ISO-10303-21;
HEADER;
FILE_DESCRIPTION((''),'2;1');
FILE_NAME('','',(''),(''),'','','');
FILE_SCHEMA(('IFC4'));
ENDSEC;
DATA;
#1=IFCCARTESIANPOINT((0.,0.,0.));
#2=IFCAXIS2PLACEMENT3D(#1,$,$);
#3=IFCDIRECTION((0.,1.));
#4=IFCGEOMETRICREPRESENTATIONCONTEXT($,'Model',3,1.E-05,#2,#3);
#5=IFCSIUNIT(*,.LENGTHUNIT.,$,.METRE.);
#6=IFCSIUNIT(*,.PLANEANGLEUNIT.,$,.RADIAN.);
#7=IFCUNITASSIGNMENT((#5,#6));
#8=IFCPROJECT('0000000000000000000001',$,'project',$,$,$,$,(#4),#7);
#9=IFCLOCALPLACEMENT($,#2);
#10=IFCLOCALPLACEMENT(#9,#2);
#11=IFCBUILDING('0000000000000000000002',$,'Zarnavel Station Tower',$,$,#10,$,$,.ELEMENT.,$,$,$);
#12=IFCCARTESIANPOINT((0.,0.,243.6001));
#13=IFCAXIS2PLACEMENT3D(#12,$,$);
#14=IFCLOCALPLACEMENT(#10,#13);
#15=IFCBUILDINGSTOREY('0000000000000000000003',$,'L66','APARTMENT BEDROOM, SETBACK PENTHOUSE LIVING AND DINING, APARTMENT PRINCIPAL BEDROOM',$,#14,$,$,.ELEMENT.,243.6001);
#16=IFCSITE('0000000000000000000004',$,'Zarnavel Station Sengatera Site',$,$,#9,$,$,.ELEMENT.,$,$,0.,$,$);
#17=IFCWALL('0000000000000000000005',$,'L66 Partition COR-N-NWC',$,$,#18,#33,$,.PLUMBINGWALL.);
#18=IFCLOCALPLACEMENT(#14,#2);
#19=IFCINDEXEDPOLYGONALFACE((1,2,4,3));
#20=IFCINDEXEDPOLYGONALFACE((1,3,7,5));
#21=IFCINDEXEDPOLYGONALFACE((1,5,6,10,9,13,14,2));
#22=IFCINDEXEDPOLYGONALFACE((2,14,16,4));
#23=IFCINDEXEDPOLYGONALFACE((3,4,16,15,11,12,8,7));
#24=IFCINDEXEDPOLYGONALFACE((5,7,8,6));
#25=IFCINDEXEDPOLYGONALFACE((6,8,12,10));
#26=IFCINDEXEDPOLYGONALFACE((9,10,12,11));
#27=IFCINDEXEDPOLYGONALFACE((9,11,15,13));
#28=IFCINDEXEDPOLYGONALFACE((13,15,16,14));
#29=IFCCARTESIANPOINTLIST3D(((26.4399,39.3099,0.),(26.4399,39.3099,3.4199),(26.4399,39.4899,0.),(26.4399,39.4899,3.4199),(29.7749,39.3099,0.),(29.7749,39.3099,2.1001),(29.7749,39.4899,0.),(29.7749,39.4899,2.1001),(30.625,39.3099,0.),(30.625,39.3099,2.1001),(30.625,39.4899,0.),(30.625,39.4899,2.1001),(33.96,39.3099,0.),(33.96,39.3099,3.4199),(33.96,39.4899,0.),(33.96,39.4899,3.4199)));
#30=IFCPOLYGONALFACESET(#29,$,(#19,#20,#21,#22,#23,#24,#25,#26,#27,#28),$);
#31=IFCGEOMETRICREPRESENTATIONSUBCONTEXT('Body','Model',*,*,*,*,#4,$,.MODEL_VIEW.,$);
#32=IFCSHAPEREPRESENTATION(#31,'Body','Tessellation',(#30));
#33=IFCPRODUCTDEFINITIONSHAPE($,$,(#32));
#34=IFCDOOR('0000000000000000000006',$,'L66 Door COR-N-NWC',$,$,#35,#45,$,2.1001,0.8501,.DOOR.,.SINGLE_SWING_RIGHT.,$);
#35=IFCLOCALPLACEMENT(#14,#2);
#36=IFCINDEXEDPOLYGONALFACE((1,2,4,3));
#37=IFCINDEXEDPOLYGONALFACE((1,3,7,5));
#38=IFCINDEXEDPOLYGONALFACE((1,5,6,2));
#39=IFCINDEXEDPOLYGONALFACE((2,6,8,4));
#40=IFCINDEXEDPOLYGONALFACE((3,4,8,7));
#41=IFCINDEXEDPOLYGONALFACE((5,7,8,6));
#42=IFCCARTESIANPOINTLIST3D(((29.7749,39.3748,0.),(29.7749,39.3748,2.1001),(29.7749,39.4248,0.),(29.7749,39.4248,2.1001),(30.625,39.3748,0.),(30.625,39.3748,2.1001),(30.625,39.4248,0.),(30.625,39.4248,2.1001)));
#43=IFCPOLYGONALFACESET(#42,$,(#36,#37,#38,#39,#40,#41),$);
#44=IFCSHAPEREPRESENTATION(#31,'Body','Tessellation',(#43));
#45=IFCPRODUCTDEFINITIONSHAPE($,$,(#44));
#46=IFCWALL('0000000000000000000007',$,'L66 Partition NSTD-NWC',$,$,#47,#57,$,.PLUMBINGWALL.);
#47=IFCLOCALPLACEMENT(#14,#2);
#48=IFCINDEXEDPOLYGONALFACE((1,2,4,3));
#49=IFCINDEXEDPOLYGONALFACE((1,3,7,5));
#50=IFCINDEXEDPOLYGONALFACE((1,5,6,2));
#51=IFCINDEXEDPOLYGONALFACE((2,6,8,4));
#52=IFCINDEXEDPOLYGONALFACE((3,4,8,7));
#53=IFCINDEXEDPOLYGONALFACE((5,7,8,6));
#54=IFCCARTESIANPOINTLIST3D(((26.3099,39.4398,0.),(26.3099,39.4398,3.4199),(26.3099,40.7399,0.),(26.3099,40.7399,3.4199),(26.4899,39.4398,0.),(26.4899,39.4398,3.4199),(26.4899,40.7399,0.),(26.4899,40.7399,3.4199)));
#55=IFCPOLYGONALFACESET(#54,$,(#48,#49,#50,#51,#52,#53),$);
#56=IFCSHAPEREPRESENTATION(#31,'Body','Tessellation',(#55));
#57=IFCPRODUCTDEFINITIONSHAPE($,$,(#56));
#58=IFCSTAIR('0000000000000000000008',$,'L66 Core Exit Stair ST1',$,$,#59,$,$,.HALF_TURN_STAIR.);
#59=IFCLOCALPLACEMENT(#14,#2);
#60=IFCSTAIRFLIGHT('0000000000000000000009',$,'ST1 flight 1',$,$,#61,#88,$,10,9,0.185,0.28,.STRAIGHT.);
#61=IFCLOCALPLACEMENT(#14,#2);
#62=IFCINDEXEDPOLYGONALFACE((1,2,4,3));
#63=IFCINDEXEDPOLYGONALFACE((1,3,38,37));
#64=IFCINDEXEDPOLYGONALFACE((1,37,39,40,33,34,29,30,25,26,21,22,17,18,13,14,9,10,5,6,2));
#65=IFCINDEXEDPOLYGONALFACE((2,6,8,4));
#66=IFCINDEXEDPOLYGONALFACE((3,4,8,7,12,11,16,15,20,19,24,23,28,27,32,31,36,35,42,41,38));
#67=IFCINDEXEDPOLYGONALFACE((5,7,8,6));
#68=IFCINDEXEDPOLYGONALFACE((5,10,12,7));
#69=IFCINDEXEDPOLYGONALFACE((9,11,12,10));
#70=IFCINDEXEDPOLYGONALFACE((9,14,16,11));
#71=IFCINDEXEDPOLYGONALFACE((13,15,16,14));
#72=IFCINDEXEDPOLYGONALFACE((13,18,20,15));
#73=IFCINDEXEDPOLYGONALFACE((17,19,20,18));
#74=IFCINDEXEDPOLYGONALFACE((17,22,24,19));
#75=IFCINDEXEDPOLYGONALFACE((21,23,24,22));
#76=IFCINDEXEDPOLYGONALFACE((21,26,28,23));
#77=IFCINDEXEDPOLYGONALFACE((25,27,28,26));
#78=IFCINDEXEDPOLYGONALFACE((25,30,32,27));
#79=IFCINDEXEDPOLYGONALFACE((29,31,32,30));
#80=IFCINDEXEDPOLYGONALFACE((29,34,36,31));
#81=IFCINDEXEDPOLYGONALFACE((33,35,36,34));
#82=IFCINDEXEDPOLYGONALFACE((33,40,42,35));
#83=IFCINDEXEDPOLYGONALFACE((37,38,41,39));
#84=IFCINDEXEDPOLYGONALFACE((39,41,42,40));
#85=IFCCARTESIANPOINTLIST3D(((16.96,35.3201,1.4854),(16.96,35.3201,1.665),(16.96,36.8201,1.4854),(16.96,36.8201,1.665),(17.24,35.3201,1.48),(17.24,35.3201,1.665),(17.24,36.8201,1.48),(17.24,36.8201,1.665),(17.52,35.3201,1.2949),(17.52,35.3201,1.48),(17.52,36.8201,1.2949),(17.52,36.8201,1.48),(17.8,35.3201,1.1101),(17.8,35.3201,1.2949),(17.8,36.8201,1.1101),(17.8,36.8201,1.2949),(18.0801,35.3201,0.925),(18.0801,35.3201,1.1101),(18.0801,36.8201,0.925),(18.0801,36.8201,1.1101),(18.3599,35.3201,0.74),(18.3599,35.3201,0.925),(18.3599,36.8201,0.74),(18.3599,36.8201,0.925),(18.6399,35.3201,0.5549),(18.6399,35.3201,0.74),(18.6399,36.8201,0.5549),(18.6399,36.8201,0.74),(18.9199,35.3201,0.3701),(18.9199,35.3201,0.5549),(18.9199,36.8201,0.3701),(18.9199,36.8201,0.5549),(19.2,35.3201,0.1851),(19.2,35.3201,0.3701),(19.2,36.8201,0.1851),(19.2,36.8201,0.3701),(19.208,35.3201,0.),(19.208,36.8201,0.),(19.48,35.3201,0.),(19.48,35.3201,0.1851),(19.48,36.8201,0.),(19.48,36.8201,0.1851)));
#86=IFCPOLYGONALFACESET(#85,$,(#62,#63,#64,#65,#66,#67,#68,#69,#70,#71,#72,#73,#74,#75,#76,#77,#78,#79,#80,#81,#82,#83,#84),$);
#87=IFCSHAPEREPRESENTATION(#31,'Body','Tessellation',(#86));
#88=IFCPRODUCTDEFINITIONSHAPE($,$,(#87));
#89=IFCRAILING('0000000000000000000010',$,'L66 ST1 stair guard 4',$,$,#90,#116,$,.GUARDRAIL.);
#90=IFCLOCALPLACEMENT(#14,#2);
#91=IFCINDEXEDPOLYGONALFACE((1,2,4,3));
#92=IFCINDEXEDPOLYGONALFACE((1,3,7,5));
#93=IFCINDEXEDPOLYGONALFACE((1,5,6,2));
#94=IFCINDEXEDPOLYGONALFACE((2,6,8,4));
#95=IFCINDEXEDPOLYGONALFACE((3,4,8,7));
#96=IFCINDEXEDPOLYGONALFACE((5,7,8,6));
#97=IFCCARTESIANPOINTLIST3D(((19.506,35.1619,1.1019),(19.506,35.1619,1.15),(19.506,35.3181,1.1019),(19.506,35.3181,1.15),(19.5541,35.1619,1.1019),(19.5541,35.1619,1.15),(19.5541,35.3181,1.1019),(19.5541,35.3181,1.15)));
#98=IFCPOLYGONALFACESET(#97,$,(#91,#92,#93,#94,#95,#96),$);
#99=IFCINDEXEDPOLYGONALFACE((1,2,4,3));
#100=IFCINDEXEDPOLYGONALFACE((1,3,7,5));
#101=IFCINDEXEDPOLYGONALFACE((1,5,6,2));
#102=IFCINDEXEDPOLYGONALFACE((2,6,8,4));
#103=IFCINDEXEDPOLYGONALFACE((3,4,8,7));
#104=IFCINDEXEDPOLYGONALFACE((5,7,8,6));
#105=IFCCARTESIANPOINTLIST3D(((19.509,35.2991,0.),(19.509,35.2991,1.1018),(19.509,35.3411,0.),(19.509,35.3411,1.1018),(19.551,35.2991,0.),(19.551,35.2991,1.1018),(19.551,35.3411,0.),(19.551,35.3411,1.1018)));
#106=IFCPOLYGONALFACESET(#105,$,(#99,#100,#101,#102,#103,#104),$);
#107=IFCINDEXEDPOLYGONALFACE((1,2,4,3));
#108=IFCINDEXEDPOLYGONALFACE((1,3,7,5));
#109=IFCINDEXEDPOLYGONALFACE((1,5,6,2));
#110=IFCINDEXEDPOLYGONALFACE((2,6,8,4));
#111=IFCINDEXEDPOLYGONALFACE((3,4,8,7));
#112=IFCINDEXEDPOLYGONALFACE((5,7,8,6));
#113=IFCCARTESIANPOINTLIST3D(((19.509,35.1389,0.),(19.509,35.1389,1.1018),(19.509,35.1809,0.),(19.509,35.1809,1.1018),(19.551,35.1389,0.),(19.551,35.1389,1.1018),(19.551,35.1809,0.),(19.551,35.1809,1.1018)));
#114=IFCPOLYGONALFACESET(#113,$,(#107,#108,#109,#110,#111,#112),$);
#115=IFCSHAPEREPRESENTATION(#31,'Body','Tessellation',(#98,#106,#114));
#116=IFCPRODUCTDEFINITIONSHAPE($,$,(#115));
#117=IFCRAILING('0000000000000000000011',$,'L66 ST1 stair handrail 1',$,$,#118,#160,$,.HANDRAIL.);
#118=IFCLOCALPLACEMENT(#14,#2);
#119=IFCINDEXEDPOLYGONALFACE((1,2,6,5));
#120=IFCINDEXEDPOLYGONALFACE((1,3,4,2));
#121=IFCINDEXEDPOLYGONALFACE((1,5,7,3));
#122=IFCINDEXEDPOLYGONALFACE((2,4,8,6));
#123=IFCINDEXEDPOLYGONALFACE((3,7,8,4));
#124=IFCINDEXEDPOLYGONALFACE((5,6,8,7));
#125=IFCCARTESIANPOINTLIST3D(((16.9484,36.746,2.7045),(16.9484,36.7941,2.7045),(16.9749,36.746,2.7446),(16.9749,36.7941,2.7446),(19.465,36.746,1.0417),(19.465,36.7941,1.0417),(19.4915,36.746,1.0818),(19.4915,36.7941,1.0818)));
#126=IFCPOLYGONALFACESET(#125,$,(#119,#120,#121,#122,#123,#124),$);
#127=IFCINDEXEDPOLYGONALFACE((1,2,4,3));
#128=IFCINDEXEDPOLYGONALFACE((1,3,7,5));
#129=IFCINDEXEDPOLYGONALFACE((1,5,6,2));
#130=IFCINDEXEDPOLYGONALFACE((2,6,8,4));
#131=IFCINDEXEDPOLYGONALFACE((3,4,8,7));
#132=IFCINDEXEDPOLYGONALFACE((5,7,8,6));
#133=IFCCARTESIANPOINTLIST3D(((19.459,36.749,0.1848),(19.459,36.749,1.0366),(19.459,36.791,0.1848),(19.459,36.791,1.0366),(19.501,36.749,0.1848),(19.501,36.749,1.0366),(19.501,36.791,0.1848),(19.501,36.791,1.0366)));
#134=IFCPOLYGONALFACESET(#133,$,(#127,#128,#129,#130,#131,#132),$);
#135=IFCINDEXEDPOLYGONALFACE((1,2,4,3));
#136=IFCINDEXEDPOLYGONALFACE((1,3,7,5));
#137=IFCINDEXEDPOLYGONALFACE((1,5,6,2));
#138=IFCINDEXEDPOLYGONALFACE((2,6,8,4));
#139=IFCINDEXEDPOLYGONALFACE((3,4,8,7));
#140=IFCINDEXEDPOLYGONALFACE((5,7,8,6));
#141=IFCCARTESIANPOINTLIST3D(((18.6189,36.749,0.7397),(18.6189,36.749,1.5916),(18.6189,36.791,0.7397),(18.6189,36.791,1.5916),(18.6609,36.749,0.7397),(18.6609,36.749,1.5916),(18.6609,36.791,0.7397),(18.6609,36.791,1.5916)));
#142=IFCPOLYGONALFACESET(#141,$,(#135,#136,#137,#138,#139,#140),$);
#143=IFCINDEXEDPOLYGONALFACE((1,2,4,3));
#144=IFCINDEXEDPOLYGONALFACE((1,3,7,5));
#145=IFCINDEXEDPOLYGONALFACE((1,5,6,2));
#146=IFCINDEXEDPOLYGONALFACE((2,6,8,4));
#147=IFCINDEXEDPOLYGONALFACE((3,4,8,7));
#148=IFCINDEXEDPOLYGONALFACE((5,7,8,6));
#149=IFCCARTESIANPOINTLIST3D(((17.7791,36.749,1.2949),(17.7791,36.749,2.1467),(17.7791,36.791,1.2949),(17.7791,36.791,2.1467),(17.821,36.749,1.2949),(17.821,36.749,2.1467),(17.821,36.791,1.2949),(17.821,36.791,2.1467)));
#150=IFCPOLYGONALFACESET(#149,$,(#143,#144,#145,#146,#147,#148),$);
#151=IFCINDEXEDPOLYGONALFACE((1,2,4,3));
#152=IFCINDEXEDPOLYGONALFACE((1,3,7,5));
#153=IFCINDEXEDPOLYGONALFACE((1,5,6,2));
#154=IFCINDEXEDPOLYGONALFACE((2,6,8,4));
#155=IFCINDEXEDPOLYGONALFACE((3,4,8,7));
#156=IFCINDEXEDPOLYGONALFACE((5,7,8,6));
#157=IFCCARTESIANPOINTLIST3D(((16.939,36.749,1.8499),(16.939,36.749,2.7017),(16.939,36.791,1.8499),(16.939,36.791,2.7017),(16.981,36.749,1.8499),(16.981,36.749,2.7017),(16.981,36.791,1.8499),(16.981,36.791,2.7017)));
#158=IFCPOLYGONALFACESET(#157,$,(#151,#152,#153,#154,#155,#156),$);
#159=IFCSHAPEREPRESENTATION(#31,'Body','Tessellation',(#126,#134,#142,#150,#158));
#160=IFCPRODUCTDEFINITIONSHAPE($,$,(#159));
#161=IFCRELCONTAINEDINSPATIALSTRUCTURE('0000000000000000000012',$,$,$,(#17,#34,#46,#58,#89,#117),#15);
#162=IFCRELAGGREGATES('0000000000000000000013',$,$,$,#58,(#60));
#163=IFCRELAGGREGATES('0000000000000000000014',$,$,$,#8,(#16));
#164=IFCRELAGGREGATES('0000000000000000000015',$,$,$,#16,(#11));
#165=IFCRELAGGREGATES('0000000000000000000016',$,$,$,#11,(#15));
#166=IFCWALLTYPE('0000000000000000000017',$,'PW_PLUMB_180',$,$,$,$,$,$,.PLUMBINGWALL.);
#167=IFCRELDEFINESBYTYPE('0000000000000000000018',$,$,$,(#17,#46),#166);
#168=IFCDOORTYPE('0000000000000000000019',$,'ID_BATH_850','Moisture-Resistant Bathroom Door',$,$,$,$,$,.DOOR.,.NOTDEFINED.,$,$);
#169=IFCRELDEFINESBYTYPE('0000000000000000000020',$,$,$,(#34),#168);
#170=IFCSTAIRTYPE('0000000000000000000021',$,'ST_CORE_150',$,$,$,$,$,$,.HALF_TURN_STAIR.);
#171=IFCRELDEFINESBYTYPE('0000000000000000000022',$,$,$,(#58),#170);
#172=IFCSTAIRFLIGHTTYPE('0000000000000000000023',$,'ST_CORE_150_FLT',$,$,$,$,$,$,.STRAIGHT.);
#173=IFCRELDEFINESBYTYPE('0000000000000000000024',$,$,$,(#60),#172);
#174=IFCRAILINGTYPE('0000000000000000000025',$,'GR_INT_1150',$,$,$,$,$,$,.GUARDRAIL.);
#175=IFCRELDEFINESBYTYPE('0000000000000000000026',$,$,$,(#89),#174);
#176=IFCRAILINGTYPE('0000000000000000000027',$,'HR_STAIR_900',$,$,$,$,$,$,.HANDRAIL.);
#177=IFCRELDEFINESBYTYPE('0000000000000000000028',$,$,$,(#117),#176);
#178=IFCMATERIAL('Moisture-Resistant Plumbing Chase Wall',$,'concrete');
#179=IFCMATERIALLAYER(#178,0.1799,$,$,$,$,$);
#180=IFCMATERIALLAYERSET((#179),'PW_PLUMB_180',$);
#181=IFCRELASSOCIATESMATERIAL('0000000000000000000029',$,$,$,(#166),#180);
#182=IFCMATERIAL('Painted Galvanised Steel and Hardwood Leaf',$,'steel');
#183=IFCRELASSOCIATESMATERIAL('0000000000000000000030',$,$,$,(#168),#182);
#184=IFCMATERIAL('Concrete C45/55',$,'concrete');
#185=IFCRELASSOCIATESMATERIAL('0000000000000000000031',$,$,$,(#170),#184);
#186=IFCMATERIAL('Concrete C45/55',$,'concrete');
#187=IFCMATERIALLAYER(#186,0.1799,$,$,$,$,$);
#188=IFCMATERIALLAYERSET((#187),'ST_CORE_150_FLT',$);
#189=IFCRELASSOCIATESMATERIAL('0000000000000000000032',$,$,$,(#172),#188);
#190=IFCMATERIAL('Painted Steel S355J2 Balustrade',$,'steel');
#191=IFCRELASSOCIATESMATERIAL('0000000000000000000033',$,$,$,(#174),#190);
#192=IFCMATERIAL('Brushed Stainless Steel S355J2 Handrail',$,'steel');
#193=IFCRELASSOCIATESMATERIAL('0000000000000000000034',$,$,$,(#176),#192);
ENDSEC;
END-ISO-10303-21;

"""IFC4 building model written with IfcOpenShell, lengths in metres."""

from ifc_helpers import new_model, si_unit, direction, frame, frame_2d, origin, origin_2d, place, context, subcontext, project, spatial, polyline, rectangle, outline, extrude, material, layer, layer_set, type_object, element, fill, aggregate, save


model = new_model("IFC4")

# Units and contexts
model_context = context("Model", 3, precision=1e-05, world=origin(), true_north=direction((0.0, 1.0)))
body_context = subcontext(model_context, "Body", "Model", "MODEL_VIEW")
ifc_project = project(units=[si_unit("LENGTHUNIT", "METRE"), si_unit("PLANEANGLEUNIT", "RADIAN")], contexts=[model_context])

# Site, building, storey
site_placement = place(None, origin())
site = spatial("IfcSite", under=ifc_project, at=site_placement, Name="Zarnavel Station Sengatera Site", CompositionType="ELEMENT", RefElevation=0.0)
building_placement = place(site_placement, origin())
building = spatial("IfcBuilding", under=site, at=building_placement, Name="Zarnavel Station Tower", CompositionType="ELEMENT")
storey_placement = place(building_placement, frame((0.0, 0.0, 243.6001)))
storey = spatial("IfcBuildingStorey", under=building, at=storey_placement, Name="L66", Description="APARTMENT BEDROOM, SETBACK PENTHOUSE LIVING AND DINING, APARTMENT PRINCIPAL BEDROOM", CompositionType="ELEMENT", Elevation=243.6001)

# Wall, opening, door
ifc_material_1 = material(Name="Moisture-Resistant Plumbing Chase Wall", Category="concrete")
ifc_layer_1 = layer(ifc_material_1, 0.1799)
ifc_layer_set_1 = layer_set([ifc_layer_1], Name="PW_PLUMB_180")
wall_type_1 = type_object("IfcWallType", Name="PW_PLUMB_180", PredefinedType="PLUMBINGWALL", material=ifc_layer_set_1)
wall_1_placement = place(storey_placement, frame((26.4399, 39.3999, 0.0), z_axis=(0.0, 0.0, 1.0), x_axis=(1.0, 0.0, 0.0)))
wall_1 = element("IfcWall", 1, at=wall_1_placement, inside=storey, type_object=wall_type_1, Name="L66 Partition COR-N-NWC", PredefinedType="PLUMBINGWALL", context=body_context, shape_type="SweptSolid", body=[
    extrude(rectangle(XDim=7.52, YDim=0.1799, at=frame_2d((3.76, 0.0))), origin(), (0.0, 0.0, 1.0), 3.4199),
])
opening_1_placement = place(wall_1_placement, frame((3.335, 0.0, 0.0)))
opening_1 = element("IfcOpeningElement", 2, at=opening_1_placement, cuts=wall_1, PredefinedType="OPENING", context=body_context, shape_type="SweptSolid", body=[
    extrude(rectangle(XDim=0.8501, YDim=2.1001, at=frame_2d((0.425, 1.05))), frame((0.0, 0.0999, 0.0), z_axis=(0.0, -1.0, 0.0), x_axis=(1.0, 0.0, 0.0)), (0.0, 0.0, 1.0), 0.2),
])
ifc_material_2 = material(Name="Painted Galvanised Steel and Hardwood Leaf", Category="steel")
door_type_1 = type_object("IfcDoorType", Name="ID_BATH_850", Description="Moisture-Resistant Bathroom Door", OperationType="NOTDEFINED", PredefinedType="DOOR", material=ifc_material_2)
door_1_placement = place(opening_1_placement, origin())
door_1 = element("IfcDoor", 3, at=door_1_placement, inside=storey, type_object=door_type_1, Name="L66 Door COR-N-NWC", OperationType="SINGLE_SWING_RIGHT", OverallHeight=2.1001, OverallWidth=0.8501, PredefinedType="DOOR", context=body_context, shape_type="SweptSolid", body=[
    extrude(rectangle(XDim=0.8501, YDim=2.1001, at=frame_2d((0.425, 1.05))), frame((0.0, 0.0249, 0.0), z_axis=(0.0, -1.0, 0.0), x_axis=(1.0, 0.0, 0.0)), (0.0, 0.0, 1.0), 0.05),
])
fill(opening_1, door_1)

# Wall
wall_2_placement = place(storey_placement, frame((26.3999, 39.4399, 0.0), z_axis=(0.0, 0.0, 1.0), x_axis=(0.0, 1.0, 0.0)))
element("IfcWall", 4, at=wall_2_placement, inside=storey, type_object=wall_type_1, Name="L66 Partition NSTD-NWC", PredefinedType="PLUMBINGWALL", context=body_context, shape_type="SweptSolid", body=[
    extrude(rectangle(XDim=1.3, YDim=0.1799, at=frame_2d((0.6499, 0.0))), origin(), (0.0, 0.0, 1.0), 3.4199),
])

# Stair, stair flight
ifc_material_3 = material(Name="Concrete C45/55", Category="concrete")
stair_type = type_object("IfcStairType", Name="ST_CORE_150", PredefinedType="HALF_TURN_STAIR", material=ifc_material_3)
stair_placement = place(storey_placement, origin())
stair = element("IfcStair", 5, at=stair_placement, inside=storey, type_object=stair_type, Name="L66 Core Exit Stair ST1", PredefinedType="HALF_TURN_STAIR")
ifc_material_4 = material(Name="Concrete C45/55", Category="concrete")
ifc_layer_2 = layer(ifc_material_4, 0.1799)
ifc_layer_set_2 = layer_set([ifc_layer_2], Name="ST_CORE_150_FLT")
stair_flight_type = type_object("IfcStairFlightType", Name="ST_CORE_150_FLT", PredefinedType="STRAIGHT", material=ifc_layer_set_2)
stair_flight_placement = place(storey_placement, frame((19.48, 36.0701, 0.0), z_axis=(0.0, 0.0, 1.0), x_axis=(-1.0, 0.0, 0.0)))
stair_flight = element("IfcStairFlight", 6, at=stair_flight_placement, type_object=stair_flight_type, Name="ST1 flight 1", NumberOfRisers=10, NumberOfTreads=9, PredefinedType="STRAIGHT", RiserHeight=0.185, TreadLength=0.28, context=body_context, shape_type="SweptSolid", body=[
    extrude(outline(polyline([(0.0, 0.0), (0.0, 0.1851), (0.28, 0.1851), (0.28, 0.3701), (0.5601, 0.3701), (0.5601, 0.5549), (0.8401, 0.5549), (0.8401, 0.74), (1.1201, 0.74), (1.1201, 0.925), (1.3999, 0.925), (1.3999, 1.1101), (1.6799, 1.1101), (1.6799, 1.2949), (1.96, 1.2949), (1.96, 1.48), (2.24, 1.48), (2.24, 1.665), (2.52, 1.665), (2.52, 1.8501), (2.52, 1.4854), (0.272, 0.0), (0.0, 0.0)])), frame((0.0, 0.75, 0.0), z_axis=(0.0, -1.0, 0.0), x_axis=(1.0, 0.0, 0.0)), (0.0, 0.0, 1.0), 1.5),
])
aggregate(stair, [stair_flight])

# Railings
ifc_material_5 = material(Name="Painted Steel S355J2 Balustrade", Category="steel")
railing_type_1 = type_object("IfcRailingType", Name="GR_INT_1150", PredefinedType="GUARDRAIL", material=ifc_material_5)
railing_1_placement = place(storey_placement, frame((19.53, 35.3201, 0.0)))
element("IfcRailing", 7, at=railing_1_placement, inside=storey, type_object=railing_type_1, Name="L66 ST1 stair guard 4", PredefinedType="GUARDRAIL", context=body_context, shape_type="SweptSolid", body=[
    extrude(rectangle(XDim=0.0481, YDim=0.0481, at=origin_2d()), frame((0.0, -0.002, 1.126), z_axis=(0.0, -1.0, 0.0), x_axis=(1.0, 0.0, 0.0)), (0.0, 0.0, 1.0), 0.1562),
    extrude(rectangle(XDim=0.042, YDim=0.042, at=origin_2d()), origin(), (0.0, 0.0, 1.0), 1.1018),
    extrude(rectangle(XDim=0.042, YDim=0.042, at=origin_2d()), frame((0.0, -0.1602, 0.0)), (0.0, 0.0, 1.0), 1.1018),
])
ifc_material_6 = material(Name="Brushed Stainless Steel S355J2 Handrail", Category="steel")
railing_type_2 = type_object("IfcRailingType", Name="HR_STAIR_900", PredefinedType="HANDRAIL", material=ifc_material_6)
railing_2_placement = place(storey_placement, frame((19.48, 36.77, 0.1848)))
element("IfcRailing", 8, at=railing_2_placement, inside=storey, type_object=railing_type_2, Name="L66 ST1 stair handrail 1", PredefinedType="HANDRAIL", context=body_context, shape_type="SweptSolid", body=[
    extrude(rectangle(XDim=0.0481, YDim=0.0481, at=origin_2d()), frame((-0.0017, 0.0, 0.877), z_axis=(-0.834331, 0.0, 0.551263), x_axis=(0.0, -1.0, 0.0)), (0.0, 0.0, 1.0), 3.0164),
    extrude(rectangle(XDim=0.042, YDim=0.042, at=origin_2d()), origin(), (0.0, 0.0, 1.0), 0.8518),
    extrude(rectangle(XDim=0.042, YDim=0.042, at=origin_2d()), frame((-0.8401, 0.0, 0.5549)), (0.0, 0.0, 1.0), 0.8518),
    extrude(rectangle(XDim=0.042, YDim=0.042, at=origin_2d()), frame((-1.6799, 0.0, 1.1101)), (0.0, 0.0, 1.0), 0.8518),
    extrude(rectangle(XDim=0.042, YDim=0.042, at=origin_2d()), frame((-2.52, 0.0, 1.665)), (0.0, 0.0, 1.0), 0.8518),
])

save(model, "model.ifc")
